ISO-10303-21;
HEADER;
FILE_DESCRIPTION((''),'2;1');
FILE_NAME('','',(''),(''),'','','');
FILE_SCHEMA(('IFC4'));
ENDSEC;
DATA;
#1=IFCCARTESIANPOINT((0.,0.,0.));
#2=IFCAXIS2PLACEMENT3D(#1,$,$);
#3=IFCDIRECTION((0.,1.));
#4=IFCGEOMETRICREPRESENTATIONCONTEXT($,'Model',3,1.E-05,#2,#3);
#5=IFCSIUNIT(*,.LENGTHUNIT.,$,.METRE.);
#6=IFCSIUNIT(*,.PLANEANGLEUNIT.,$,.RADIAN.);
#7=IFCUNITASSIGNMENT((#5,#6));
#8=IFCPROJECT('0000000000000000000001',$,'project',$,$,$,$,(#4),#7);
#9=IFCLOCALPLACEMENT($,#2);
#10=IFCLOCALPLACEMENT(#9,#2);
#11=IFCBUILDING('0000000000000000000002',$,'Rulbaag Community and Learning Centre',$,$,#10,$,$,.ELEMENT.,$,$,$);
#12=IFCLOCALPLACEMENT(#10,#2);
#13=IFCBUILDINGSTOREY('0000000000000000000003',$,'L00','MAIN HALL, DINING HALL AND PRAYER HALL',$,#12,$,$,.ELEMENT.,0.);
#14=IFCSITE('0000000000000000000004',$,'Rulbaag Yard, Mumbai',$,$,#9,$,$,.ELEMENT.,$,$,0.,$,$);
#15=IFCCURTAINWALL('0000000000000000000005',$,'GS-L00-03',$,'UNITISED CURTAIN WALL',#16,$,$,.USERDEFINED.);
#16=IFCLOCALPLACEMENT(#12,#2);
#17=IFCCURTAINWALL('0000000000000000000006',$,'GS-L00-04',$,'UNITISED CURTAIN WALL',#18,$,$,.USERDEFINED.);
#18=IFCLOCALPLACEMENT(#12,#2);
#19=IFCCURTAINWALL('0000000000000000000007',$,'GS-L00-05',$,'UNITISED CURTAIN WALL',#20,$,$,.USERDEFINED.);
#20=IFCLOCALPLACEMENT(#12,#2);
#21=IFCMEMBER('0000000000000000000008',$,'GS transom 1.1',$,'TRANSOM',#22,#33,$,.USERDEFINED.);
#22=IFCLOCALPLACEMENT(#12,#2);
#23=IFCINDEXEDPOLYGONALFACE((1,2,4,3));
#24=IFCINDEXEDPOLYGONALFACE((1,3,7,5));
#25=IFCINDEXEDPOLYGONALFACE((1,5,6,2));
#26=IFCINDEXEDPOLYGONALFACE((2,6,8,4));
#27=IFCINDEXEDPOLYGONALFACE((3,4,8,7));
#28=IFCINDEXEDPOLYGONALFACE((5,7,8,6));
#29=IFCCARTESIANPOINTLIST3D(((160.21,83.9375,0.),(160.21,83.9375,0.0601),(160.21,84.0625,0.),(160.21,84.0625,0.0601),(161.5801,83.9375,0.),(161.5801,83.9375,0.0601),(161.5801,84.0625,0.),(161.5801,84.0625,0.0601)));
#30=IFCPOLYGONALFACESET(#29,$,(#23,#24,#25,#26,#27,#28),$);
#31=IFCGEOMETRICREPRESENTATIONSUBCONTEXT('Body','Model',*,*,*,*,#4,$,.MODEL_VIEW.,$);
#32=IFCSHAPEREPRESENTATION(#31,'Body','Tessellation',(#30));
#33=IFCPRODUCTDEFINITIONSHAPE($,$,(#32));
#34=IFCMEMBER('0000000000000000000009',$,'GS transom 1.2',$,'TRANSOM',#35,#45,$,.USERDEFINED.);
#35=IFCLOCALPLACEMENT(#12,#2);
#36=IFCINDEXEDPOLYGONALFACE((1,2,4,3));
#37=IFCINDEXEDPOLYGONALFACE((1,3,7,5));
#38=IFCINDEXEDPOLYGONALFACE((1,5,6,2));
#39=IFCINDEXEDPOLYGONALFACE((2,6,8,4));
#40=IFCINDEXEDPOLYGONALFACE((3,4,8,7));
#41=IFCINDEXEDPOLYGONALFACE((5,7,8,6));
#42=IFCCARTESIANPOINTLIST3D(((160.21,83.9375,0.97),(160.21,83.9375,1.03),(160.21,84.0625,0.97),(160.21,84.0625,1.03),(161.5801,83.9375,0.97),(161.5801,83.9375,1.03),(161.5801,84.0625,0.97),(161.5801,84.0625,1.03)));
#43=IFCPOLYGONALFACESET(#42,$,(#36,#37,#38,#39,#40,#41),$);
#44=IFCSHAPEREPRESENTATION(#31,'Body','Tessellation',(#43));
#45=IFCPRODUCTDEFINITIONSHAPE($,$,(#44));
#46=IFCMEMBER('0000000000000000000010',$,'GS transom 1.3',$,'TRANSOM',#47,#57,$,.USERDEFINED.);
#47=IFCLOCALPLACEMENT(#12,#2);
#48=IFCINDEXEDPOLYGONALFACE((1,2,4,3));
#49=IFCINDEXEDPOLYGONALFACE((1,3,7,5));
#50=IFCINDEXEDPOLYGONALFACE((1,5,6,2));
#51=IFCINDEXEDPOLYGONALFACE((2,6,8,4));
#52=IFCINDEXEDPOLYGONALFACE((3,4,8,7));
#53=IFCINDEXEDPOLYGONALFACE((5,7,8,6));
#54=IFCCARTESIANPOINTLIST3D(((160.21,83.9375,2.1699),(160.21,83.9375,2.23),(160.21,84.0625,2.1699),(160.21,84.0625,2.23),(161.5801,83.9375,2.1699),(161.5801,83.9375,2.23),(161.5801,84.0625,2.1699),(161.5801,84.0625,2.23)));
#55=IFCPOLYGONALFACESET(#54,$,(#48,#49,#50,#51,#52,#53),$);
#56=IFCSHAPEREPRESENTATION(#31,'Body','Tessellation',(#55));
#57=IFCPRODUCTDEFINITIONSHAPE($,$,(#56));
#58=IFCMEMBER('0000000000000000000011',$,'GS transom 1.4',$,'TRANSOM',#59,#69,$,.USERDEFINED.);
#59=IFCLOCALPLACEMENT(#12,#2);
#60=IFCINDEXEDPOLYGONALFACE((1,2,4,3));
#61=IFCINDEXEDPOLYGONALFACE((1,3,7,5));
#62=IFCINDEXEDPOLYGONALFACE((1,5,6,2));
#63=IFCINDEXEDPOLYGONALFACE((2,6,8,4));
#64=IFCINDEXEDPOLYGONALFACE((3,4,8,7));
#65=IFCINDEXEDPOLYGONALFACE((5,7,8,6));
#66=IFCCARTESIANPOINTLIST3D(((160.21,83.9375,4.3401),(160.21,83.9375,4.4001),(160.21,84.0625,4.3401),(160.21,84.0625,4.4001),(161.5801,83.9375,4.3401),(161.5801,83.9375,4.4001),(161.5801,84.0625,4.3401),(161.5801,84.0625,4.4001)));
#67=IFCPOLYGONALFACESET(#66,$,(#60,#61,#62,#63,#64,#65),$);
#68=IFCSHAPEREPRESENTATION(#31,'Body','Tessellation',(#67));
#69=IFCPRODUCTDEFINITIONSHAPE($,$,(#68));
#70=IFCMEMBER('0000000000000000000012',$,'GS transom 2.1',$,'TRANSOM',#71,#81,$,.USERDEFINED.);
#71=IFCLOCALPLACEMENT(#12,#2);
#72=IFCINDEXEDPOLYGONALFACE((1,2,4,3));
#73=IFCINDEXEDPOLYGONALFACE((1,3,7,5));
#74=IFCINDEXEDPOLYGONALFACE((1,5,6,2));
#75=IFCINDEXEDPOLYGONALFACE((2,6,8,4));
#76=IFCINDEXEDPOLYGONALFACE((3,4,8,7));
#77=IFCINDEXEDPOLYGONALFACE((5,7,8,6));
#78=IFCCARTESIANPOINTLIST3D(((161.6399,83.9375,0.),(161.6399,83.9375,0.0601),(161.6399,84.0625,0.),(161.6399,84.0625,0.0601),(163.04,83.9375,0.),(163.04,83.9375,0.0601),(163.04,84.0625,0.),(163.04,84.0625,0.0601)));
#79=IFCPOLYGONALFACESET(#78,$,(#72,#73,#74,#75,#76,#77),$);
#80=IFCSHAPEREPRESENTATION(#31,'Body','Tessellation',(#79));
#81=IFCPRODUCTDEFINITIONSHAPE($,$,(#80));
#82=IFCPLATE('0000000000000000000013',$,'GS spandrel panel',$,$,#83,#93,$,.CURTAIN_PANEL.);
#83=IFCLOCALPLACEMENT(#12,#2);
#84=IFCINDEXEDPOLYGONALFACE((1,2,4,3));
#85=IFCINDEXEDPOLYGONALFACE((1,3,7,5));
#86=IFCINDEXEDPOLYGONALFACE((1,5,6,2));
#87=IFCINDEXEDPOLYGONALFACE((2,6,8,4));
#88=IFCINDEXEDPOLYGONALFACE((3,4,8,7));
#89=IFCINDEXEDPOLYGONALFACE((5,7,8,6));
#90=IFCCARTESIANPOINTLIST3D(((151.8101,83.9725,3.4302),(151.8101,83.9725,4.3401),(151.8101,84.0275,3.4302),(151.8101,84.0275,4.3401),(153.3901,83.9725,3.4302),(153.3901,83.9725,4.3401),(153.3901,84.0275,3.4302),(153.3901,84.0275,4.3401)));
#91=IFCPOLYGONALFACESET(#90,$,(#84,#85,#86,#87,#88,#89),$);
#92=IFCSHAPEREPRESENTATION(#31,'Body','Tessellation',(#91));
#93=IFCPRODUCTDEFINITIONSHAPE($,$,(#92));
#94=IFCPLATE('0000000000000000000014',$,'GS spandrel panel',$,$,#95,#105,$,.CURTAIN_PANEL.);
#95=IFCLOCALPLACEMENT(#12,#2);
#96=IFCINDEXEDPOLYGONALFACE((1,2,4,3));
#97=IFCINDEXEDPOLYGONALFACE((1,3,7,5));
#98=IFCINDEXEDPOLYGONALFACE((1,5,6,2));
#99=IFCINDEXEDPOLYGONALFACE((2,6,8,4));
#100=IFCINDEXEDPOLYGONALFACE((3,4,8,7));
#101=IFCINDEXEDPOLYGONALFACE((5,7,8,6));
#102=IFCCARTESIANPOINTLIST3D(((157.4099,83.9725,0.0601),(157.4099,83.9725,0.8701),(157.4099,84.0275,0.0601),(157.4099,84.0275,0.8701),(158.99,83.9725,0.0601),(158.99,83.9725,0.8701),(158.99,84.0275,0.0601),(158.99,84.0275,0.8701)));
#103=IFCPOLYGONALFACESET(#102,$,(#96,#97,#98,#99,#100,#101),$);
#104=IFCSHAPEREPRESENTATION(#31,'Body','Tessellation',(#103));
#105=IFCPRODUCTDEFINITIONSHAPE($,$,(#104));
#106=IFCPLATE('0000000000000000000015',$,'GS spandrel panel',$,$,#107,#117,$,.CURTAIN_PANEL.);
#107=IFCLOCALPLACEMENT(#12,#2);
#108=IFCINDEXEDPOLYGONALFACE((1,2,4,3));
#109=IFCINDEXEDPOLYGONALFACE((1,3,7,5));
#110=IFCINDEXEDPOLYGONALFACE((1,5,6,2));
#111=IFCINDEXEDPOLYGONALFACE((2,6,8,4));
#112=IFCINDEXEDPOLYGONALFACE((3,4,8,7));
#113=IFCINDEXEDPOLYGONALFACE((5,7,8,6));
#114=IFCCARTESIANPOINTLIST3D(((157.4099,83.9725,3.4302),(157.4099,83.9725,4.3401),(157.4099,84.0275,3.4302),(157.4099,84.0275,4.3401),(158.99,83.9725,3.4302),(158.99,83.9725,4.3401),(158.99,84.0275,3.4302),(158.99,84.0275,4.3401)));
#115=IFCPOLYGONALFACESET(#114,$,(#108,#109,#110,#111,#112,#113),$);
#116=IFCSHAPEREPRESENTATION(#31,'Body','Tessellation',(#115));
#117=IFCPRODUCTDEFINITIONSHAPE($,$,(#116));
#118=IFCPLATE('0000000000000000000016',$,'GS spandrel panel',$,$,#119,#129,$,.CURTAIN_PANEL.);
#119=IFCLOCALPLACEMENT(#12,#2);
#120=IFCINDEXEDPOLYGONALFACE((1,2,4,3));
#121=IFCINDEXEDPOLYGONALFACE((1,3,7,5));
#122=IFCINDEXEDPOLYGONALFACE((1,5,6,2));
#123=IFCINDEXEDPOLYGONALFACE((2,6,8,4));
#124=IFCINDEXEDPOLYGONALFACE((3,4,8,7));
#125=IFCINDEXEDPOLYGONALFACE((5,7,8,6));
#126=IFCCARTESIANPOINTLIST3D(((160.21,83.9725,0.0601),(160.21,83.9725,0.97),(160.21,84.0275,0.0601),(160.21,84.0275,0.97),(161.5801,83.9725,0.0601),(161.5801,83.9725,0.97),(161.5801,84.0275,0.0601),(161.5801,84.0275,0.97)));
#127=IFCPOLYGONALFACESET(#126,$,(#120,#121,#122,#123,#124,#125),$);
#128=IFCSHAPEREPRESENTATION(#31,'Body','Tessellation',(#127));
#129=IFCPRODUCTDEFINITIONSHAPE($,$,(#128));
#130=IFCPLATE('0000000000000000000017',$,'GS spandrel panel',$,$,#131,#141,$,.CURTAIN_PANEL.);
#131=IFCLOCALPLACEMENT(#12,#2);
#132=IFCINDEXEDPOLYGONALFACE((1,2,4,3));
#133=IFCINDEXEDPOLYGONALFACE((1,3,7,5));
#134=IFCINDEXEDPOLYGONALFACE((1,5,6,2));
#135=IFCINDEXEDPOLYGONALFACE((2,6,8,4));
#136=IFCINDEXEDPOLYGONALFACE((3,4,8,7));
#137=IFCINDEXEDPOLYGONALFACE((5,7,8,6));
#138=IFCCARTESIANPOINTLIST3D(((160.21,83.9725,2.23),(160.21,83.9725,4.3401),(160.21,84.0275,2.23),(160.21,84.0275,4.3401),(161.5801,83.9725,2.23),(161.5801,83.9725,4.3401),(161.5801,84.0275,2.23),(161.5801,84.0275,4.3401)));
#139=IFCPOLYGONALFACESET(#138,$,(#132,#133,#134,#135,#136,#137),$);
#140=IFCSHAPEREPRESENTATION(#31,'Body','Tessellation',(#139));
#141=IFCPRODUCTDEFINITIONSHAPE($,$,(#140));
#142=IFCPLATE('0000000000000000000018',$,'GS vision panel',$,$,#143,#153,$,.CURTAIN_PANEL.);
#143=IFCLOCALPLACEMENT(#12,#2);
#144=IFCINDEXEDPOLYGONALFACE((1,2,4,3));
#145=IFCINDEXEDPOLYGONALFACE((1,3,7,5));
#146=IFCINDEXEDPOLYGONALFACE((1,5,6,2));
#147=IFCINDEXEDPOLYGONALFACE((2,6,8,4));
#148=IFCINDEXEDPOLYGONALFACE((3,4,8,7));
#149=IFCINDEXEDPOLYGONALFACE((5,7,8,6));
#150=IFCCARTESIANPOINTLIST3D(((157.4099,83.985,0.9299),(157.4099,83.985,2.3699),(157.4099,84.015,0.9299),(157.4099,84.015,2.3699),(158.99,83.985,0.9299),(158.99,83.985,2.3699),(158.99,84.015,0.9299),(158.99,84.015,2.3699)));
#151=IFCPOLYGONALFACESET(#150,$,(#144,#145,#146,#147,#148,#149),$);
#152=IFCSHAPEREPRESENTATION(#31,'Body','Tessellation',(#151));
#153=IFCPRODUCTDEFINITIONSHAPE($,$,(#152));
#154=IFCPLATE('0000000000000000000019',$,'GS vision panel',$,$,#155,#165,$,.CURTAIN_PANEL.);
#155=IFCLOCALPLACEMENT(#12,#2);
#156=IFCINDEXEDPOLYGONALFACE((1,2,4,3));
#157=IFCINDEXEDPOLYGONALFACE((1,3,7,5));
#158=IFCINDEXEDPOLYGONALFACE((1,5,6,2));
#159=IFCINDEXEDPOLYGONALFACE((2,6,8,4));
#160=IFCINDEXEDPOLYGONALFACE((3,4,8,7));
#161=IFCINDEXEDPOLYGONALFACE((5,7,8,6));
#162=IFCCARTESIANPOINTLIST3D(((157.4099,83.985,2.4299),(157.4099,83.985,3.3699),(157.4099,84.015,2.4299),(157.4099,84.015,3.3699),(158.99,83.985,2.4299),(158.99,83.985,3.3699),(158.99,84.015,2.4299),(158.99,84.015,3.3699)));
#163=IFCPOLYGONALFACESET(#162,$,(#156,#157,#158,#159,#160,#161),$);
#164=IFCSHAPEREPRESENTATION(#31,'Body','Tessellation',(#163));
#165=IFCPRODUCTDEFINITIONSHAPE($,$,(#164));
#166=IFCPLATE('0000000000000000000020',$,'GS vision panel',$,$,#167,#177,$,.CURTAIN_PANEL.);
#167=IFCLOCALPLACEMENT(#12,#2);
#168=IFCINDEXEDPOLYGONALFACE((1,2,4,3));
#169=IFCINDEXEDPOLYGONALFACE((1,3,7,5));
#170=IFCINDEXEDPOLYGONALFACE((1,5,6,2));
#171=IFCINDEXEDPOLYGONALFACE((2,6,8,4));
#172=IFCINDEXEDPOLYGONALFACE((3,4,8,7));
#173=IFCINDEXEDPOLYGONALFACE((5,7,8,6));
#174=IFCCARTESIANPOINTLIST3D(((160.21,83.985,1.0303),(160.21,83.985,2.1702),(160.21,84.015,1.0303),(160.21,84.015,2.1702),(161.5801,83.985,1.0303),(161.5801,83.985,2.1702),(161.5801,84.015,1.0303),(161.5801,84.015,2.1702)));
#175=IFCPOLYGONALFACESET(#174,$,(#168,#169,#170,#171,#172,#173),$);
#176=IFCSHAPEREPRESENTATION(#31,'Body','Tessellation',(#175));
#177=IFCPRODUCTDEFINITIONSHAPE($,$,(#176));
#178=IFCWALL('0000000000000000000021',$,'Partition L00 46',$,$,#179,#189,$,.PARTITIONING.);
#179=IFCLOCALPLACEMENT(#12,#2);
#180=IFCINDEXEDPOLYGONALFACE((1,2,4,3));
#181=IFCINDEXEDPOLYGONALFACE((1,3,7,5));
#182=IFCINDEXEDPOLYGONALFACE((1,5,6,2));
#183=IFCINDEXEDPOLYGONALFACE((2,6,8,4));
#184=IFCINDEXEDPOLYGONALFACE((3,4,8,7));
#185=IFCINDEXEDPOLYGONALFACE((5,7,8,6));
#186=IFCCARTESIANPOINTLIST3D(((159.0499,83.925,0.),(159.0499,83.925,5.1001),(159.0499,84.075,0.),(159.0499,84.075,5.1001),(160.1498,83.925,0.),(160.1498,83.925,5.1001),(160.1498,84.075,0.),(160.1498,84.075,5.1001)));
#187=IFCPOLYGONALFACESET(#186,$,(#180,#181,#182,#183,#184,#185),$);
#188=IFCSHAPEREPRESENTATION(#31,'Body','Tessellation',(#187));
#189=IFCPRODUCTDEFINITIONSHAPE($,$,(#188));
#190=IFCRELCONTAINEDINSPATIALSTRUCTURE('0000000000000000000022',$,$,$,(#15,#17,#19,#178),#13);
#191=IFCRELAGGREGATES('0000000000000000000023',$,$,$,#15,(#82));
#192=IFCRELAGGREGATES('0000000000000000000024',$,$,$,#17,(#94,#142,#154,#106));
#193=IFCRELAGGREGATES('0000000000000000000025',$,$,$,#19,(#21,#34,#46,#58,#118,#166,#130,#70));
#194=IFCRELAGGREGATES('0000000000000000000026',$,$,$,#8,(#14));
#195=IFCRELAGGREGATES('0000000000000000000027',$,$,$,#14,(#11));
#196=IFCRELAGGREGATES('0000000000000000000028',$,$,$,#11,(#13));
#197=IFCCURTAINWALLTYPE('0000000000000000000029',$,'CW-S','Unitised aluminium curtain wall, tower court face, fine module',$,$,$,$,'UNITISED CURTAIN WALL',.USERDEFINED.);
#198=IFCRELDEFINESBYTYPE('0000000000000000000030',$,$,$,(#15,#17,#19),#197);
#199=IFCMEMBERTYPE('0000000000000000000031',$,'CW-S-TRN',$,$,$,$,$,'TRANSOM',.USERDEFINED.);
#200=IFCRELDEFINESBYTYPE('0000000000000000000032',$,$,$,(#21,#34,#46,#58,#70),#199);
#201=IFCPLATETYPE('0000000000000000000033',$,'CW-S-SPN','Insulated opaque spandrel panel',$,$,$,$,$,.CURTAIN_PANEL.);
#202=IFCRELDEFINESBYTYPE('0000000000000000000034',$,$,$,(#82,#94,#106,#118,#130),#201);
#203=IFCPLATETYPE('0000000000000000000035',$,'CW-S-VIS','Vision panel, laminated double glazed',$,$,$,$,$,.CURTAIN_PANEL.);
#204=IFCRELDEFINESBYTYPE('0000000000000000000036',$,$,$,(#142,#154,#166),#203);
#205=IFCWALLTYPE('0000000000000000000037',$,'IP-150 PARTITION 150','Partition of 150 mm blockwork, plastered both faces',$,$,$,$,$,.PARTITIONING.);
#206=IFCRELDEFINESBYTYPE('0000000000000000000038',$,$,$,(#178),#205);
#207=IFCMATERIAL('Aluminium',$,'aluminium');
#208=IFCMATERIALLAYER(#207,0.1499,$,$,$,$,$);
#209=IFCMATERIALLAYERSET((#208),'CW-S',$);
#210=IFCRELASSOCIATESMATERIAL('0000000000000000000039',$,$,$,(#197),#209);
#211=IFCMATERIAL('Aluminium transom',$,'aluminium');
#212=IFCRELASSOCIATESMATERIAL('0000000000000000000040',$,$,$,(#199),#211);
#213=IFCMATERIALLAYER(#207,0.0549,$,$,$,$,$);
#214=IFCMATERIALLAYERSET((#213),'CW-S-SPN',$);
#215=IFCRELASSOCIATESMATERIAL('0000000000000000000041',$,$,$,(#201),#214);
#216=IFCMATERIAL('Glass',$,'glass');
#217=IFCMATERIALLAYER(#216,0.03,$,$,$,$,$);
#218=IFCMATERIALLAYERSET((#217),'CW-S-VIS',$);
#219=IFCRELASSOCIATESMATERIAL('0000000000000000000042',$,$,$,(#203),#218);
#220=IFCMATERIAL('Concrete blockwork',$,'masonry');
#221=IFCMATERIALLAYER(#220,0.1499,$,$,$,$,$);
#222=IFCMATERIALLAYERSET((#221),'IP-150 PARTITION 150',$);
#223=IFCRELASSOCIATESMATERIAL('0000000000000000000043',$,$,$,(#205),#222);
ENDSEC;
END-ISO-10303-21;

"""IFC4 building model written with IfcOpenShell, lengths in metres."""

from ifc_helpers import new_model, si_unit, direction, frame, frame_2d, origin, origin_2d, place, context, subcontext, project, spatial, rectangle, extrude, material, layer, layer_set, material_profile, profile_set, type_object, element, aggregate, save


model = new_model("IFC4")

# Units and contexts
model_context = context("Model", 3, precision=1e-05, world=origin(), true_north=direction((0.0, 1.0)))
body_context = subcontext(model_context, "Body", "Model", "MODEL_VIEW")
ifc_project = project(units=[si_unit("LENGTHUNIT", "METRE"), si_unit("PLANEANGLEUNIT", "RADIAN")], contexts=[model_context])

# Site, building, storey
site_placement = place(None, origin())
site = spatial("IfcSite", under=ifc_project, at=site_placement, Name="Rulbaag Yard, Mumbai", CompositionType="ELEMENT", RefElevation=0.0)
building_placement = place(site_placement, origin())
building = spatial("IfcBuilding", under=site, at=building_placement, Name="Rulbaag Community and Learning Centre", CompositionType="ELEMENT")
storey_placement = place(building_placement, origin())
storey = spatial("IfcBuildingStorey", under=building, at=storey_placement, Name="L00", Description="MAIN HALL, DINING HALL AND PRAYER HALL", CompositionType="ELEMENT", Elevation=0.0)

# Curtain wall
ifc_material_1 = material(Name="Aluminium", Category="aluminium")
ifc_layer_1 = layer(ifc_material_1, 0.1499)
ifc_layer_set_1 = layer_set([ifc_layer_1], Name="CW-S")
curtain_wall_type = type_object("IfcCurtainWallType", Name="CW-S", Description="Unitised aluminium curtain wall, tower court face, fine module", ElementType="UNITISED CURTAIN WALL", PredefinedType="USERDEFINED", material=ifc_layer_set_1)
curtain_wall_1_placement = place(storey_placement, origin())
curtain_wall_1 = element("IfcCurtainWall", 1, at=curtain_wall_1_placement, inside=storey, type_object=curtain_wall_type, Name="GS-L00-03", ObjectType="UNITISED CURTAIN WALL", PredefinedType="USERDEFINED")

# Curtain walls
curtain_wall_2_placement = place(storey_placement, origin())
curtain_wall_2 = element("IfcCurtainWall", 2, at=curtain_wall_2_placement, inside=storey, type_object=curtain_wall_type, Name="GS-L00-04", ObjectType="UNITISED CURTAIN WALL", PredefinedType="USERDEFINED")
curtain_wall_3_placement = place(storey_placement, origin())
curtain_wall_3 = element("IfcCurtainWall", 3, at=curtain_wall_3_placement, inside=storey, type_object=curtain_wall_type, Name="GS-L00-05", ObjectType="UNITISED CURTAIN WALL", PredefinedType="USERDEFINED")

# Members
ifc_material_2 = material(Name="Aluminium transom", Category="aluminium")
ifc_material_profile_1 = material_profile(ifc_material_2, rectangle(XDim=0.125, YDim=0.0601, at=origin_2d()), Name="AL 60x125 T")
ifc_profile_set_1 = profile_set([ifc_material_profile_1], Name="Aluminium transom")
member_type_1 = type_object("IfcMemberType", Name="CW-S-TRN", ElementType="TRANSOM", PredefinedType="USERDEFINED", material=ifc_profile_set_1)
member_1_placement = place(storey_placement, frame((160.21, 84.0, 0.03), z_axis=(1.0, 0.0, 0.0), x_axis=(0.0, 1.0, 0.0)))
member_1 = element("IfcMember", 4, at=member_1_placement, type_object=member_type_1, Name="GS transom 1.1", ObjectType="TRANSOM", PredefinedType="USERDEFINED", context=body_context, shape_type="SweptSolid", body=[
    extrude(rectangle(XDim=0.125, YDim=0.0601, at=origin_2d()), origin(), (0.0, 0.0, 1.0), 1.3701),
])
member_2_placement = place(storey_placement, frame((160.21, 84.0, 1.0), z_axis=(1.0, 0.0, 0.0), x_axis=(0.0, 1.0, 0.0)))
member_2 = element("IfcMember", 5, at=member_2_placement, type_object=member_type_1, Name="GS transom 1.2", ObjectType="TRANSOM", PredefinedType="USERDEFINED", context=body_context, shape_type="SweptSolid", body=[
    extrude(rectangle(XDim=0.125, YDim=0.0601, at=origin_2d()), origin(), (0.0, 0.0, 1.0), 1.3701),
])
member_3_placement = place(storey_placement, frame((160.21, 84.0, 2.2), z_axis=(1.0, 0.0, 0.0), x_axis=(0.0, 1.0, 0.0)))
member_3 = element("IfcMember", 6, at=member_3_placement, type_object=member_type_1, Name="GS transom 1.3", ObjectType="TRANSOM", PredefinedType="USERDEFINED", context=body_context, shape_type="SweptSolid", body=[
    extrude(rectangle(XDim=0.125, YDim=0.0601, at=origin_2d()), origin(), (0.0, 0.0, 1.0), 1.3701),
])
member_4_placement = place(storey_placement, frame((160.21, 84.0, 4.3701), z_axis=(1.0, 0.0, 0.0), x_axis=(0.0, 1.0, 0.0)))
member_4 = element("IfcMember", 7, at=member_4_placement, type_object=member_type_1, Name="GS transom 1.4", ObjectType="TRANSOM", PredefinedType="USERDEFINED", context=body_context, shape_type="SweptSolid", body=[
    extrude(rectangle(XDim=0.125, YDim=0.0601, at=origin_2d()), origin(), (0.0, 0.0, 1.0), 1.3701),
])
member_5_placement = place(storey_placement, frame((161.6399, 84.0, 0.03), z_axis=(1.0, 0.0, 0.0), x_axis=(0.0, 1.0, 0.0)))
member_5 = element("IfcMember", 8, at=member_5_placement, type_object=member_type_1, Name="GS transom 2.1", ObjectType="TRANSOM", PredefinedType="USERDEFINED", context=body_context, shape_type="SweptSolid", body=[
    extrude(rectangle(XDim=0.125, YDim=0.0601, at=origin_2d()), origin(), (0.0, 0.0, 1.0), 1.4001),
])

# Plates
ifc_layer_2 = layer(ifc_material_1, 0.0549)
ifc_layer_set_2 = layer_set([ifc_layer_2], Name="CW-S-SPN")
plate_type_1 = type_object("IfcPlateType", Name="CW-S-SPN", Description="Insulated opaque spandrel panel", PredefinedType="CURTAIN_PANEL", material=ifc_layer_set_2)
plate_1_placement = place(storey_placement, frame((152.6001, 84.0, 3.4302), z_axis=(0.0, 0.0, 1.0), x_axis=(1.0, 0.0, 0.0)))
plate_1 = element("IfcPlate", 9, at=plate_1_placement, type_object=plate_type_1, Name="GS spandrel panel", PredefinedType="CURTAIN_PANEL", context=body_context, shape_type="SweptSolid", body=[
    extrude(rectangle(XDim=1.5801, YDim=0.0549, at=origin_2d()), origin(), (0.0, 0.0, 1.0), 0.9099),
])
aggregate(curtain_wall_1, [plate_1])
plate_2_placement = place(storey_placement, frame((158.2, 84.0, 0.0601), z_axis=(0.0, 0.0, 1.0), x_axis=(1.0, 0.0, 0.0)))
plate_2 = element("IfcPlate", 10, at=plate_2_placement, type_object=plate_type_1, Name="GS spandrel panel", PredefinedType="CURTAIN_PANEL", context=body_context, shape_type="SweptSolid", body=[
    extrude(rectangle(XDim=1.5801, YDim=0.0549, at=origin_2d()), origin(), (0.0, 0.0, 1.0), 0.8101),
])
plate_3_placement = place(storey_placement, frame((158.2, 84.0, 3.4302), z_axis=(0.0, 0.0, 1.0), x_axis=(1.0, 0.0, 0.0)))
plate_3 = element("IfcPlate", 11, at=plate_3_placement, type_object=plate_type_1, Name="GS spandrel panel", PredefinedType="CURTAIN_PANEL", context=body_context, shape_type="SweptSolid", body=[
    extrude(rectangle(XDim=1.5801, YDim=0.0549, at=origin_2d()), origin(), (0.0, 0.0, 1.0), 0.9099),
])
plate_4_placement = place(storey_placement, frame((160.895, 84.0, 0.0601), z_axis=(0.0, 0.0, 1.0), x_axis=(1.0, 0.0, 0.0)))
plate_4 = element("IfcPlate", 12, at=plate_4_placement, type_object=plate_type_1, Name="GS spandrel panel", PredefinedType="CURTAIN_PANEL", context=body_context, shape_type="SweptSolid", body=[
    extrude(rectangle(XDim=1.3701, YDim=0.0549, at=origin_2d()), origin(), (0.0, 0.0, 1.0), 0.9099),
])
plate_5_placement = place(storey_placement, frame((160.895, 84.0, 2.23), z_axis=(0.0, 0.0, 1.0), x_axis=(1.0, 0.0, 0.0)))
plate_5 = element("IfcPlate", 13, at=plate_5_placement, type_object=plate_type_1, Name="GS spandrel panel", PredefinedType="CURTAIN_PANEL", context=body_context, shape_type="SweptSolid", body=[
    extrude(rectangle(XDim=1.3701, YDim=0.0549, at=origin_2d()), origin(), (0.0, 0.0, 1.0), 2.1101),
])
ifc_material_3 = material(Name="Glass", Category="glass")
ifc_layer_3 = layer(ifc_material_3, 0.03)
ifc_layer_set_3 = layer_set([ifc_layer_3], Name="CW-S-VIS")
plate_type_2 = type_object("IfcPlateType", Name="CW-S-VIS", Description="Vision panel, laminated double glazed", PredefinedType="CURTAIN_PANEL", material=ifc_layer_set_3)
plate_6_placement = place(storey_placement, frame((158.2, 84.0, 0.9299), z_axis=(0.0, 0.0, 1.0), x_axis=(1.0, 0.0, 0.0)))
plate_6 = element("IfcPlate", 14, at=plate_6_placement, type_object=plate_type_2, Name="GS vision panel", PredefinedType="CURTAIN_PANEL", context=body_context, shape_type="SweptSolid", body=[
    extrude(rectangle(XDim=1.5801, YDim=0.03, at=origin_2d()), origin(), (0.0, 0.0, 1.0), 1.4399),
])
plate_7_placement = place(storey_placement, frame((158.2, 84.0, 2.4299), z_axis=(0.0, 0.0, 1.0), x_axis=(1.0, 0.0, 0.0)))
plate_7 = element("IfcPlate", 15, at=plate_7_placement, type_object=plate_type_2, Name="GS vision panel", PredefinedType="CURTAIN_PANEL", context=body_context, shape_type="SweptSolid", body=[
    extrude(rectangle(XDim=1.5801, YDim=0.03, at=origin_2d()), origin(), (0.0, 0.0, 1.0), 0.9399),
])
aggregate(curtain_wall_2, [plate_2, plate_6, plate_7, plate_3])
plate_8_placement = place(storey_placement, frame((160.895, 84.0, 1.0303), z_axis=(0.0, 0.0, 1.0), x_axis=(1.0, 0.0, 0.0)))
plate_8 = element("IfcPlate", 16, at=plate_8_placement, type_object=plate_type_2, Name="GS vision panel", PredefinedType="CURTAIN_PANEL", context=body_context, shape_type="SweptSolid", body=[
    extrude(rectangle(XDim=1.3701, YDim=0.03, at=origin_2d()), origin(), (0.0, 0.0, 1.0), 1.1399),
])
aggregate(curtain_wall_3, [member_1, member_2, member_3, member_4, plate_4, plate_8, plate_5, member_5])

# Wall
ifc_material_4 = material(Name="Concrete blockwork", Category="masonry")
ifc_layer_4 = layer(ifc_material_4, 0.1499)
ifc_layer_set_4 = layer_set([ifc_layer_4], Name="IP-150 PARTITION 150")
wall_type_1 = type_object("IfcWallType", Name="IP-150 PARTITION 150", Description="Partition of 150 mm blockwork, plastered both faces", PredefinedType="PARTITIONING", material=ifc_layer_set_4)
wall_1_placement = place(storey_placement, frame((159.05, 84.0, 0.0), z_axis=(0.0, 0.0, 1.0), x_axis=(1.0, 0.0, 0.0)))
element("IfcWall", 17, at=wall_1_placement, inside=storey, type_object=wall_type_1, Name="Partition L00 46", PredefinedType="PARTITIONING", context=body_context, shape_type="SweptSolid", body=[
    extrude(rectangle(XDim=1.0999, YDim=0.1499, at=frame_2d((0.5498, 0.0))), origin(), (0.0, 0.0, 1.0), 5.1001),
])

save(model, "model.ifc")
